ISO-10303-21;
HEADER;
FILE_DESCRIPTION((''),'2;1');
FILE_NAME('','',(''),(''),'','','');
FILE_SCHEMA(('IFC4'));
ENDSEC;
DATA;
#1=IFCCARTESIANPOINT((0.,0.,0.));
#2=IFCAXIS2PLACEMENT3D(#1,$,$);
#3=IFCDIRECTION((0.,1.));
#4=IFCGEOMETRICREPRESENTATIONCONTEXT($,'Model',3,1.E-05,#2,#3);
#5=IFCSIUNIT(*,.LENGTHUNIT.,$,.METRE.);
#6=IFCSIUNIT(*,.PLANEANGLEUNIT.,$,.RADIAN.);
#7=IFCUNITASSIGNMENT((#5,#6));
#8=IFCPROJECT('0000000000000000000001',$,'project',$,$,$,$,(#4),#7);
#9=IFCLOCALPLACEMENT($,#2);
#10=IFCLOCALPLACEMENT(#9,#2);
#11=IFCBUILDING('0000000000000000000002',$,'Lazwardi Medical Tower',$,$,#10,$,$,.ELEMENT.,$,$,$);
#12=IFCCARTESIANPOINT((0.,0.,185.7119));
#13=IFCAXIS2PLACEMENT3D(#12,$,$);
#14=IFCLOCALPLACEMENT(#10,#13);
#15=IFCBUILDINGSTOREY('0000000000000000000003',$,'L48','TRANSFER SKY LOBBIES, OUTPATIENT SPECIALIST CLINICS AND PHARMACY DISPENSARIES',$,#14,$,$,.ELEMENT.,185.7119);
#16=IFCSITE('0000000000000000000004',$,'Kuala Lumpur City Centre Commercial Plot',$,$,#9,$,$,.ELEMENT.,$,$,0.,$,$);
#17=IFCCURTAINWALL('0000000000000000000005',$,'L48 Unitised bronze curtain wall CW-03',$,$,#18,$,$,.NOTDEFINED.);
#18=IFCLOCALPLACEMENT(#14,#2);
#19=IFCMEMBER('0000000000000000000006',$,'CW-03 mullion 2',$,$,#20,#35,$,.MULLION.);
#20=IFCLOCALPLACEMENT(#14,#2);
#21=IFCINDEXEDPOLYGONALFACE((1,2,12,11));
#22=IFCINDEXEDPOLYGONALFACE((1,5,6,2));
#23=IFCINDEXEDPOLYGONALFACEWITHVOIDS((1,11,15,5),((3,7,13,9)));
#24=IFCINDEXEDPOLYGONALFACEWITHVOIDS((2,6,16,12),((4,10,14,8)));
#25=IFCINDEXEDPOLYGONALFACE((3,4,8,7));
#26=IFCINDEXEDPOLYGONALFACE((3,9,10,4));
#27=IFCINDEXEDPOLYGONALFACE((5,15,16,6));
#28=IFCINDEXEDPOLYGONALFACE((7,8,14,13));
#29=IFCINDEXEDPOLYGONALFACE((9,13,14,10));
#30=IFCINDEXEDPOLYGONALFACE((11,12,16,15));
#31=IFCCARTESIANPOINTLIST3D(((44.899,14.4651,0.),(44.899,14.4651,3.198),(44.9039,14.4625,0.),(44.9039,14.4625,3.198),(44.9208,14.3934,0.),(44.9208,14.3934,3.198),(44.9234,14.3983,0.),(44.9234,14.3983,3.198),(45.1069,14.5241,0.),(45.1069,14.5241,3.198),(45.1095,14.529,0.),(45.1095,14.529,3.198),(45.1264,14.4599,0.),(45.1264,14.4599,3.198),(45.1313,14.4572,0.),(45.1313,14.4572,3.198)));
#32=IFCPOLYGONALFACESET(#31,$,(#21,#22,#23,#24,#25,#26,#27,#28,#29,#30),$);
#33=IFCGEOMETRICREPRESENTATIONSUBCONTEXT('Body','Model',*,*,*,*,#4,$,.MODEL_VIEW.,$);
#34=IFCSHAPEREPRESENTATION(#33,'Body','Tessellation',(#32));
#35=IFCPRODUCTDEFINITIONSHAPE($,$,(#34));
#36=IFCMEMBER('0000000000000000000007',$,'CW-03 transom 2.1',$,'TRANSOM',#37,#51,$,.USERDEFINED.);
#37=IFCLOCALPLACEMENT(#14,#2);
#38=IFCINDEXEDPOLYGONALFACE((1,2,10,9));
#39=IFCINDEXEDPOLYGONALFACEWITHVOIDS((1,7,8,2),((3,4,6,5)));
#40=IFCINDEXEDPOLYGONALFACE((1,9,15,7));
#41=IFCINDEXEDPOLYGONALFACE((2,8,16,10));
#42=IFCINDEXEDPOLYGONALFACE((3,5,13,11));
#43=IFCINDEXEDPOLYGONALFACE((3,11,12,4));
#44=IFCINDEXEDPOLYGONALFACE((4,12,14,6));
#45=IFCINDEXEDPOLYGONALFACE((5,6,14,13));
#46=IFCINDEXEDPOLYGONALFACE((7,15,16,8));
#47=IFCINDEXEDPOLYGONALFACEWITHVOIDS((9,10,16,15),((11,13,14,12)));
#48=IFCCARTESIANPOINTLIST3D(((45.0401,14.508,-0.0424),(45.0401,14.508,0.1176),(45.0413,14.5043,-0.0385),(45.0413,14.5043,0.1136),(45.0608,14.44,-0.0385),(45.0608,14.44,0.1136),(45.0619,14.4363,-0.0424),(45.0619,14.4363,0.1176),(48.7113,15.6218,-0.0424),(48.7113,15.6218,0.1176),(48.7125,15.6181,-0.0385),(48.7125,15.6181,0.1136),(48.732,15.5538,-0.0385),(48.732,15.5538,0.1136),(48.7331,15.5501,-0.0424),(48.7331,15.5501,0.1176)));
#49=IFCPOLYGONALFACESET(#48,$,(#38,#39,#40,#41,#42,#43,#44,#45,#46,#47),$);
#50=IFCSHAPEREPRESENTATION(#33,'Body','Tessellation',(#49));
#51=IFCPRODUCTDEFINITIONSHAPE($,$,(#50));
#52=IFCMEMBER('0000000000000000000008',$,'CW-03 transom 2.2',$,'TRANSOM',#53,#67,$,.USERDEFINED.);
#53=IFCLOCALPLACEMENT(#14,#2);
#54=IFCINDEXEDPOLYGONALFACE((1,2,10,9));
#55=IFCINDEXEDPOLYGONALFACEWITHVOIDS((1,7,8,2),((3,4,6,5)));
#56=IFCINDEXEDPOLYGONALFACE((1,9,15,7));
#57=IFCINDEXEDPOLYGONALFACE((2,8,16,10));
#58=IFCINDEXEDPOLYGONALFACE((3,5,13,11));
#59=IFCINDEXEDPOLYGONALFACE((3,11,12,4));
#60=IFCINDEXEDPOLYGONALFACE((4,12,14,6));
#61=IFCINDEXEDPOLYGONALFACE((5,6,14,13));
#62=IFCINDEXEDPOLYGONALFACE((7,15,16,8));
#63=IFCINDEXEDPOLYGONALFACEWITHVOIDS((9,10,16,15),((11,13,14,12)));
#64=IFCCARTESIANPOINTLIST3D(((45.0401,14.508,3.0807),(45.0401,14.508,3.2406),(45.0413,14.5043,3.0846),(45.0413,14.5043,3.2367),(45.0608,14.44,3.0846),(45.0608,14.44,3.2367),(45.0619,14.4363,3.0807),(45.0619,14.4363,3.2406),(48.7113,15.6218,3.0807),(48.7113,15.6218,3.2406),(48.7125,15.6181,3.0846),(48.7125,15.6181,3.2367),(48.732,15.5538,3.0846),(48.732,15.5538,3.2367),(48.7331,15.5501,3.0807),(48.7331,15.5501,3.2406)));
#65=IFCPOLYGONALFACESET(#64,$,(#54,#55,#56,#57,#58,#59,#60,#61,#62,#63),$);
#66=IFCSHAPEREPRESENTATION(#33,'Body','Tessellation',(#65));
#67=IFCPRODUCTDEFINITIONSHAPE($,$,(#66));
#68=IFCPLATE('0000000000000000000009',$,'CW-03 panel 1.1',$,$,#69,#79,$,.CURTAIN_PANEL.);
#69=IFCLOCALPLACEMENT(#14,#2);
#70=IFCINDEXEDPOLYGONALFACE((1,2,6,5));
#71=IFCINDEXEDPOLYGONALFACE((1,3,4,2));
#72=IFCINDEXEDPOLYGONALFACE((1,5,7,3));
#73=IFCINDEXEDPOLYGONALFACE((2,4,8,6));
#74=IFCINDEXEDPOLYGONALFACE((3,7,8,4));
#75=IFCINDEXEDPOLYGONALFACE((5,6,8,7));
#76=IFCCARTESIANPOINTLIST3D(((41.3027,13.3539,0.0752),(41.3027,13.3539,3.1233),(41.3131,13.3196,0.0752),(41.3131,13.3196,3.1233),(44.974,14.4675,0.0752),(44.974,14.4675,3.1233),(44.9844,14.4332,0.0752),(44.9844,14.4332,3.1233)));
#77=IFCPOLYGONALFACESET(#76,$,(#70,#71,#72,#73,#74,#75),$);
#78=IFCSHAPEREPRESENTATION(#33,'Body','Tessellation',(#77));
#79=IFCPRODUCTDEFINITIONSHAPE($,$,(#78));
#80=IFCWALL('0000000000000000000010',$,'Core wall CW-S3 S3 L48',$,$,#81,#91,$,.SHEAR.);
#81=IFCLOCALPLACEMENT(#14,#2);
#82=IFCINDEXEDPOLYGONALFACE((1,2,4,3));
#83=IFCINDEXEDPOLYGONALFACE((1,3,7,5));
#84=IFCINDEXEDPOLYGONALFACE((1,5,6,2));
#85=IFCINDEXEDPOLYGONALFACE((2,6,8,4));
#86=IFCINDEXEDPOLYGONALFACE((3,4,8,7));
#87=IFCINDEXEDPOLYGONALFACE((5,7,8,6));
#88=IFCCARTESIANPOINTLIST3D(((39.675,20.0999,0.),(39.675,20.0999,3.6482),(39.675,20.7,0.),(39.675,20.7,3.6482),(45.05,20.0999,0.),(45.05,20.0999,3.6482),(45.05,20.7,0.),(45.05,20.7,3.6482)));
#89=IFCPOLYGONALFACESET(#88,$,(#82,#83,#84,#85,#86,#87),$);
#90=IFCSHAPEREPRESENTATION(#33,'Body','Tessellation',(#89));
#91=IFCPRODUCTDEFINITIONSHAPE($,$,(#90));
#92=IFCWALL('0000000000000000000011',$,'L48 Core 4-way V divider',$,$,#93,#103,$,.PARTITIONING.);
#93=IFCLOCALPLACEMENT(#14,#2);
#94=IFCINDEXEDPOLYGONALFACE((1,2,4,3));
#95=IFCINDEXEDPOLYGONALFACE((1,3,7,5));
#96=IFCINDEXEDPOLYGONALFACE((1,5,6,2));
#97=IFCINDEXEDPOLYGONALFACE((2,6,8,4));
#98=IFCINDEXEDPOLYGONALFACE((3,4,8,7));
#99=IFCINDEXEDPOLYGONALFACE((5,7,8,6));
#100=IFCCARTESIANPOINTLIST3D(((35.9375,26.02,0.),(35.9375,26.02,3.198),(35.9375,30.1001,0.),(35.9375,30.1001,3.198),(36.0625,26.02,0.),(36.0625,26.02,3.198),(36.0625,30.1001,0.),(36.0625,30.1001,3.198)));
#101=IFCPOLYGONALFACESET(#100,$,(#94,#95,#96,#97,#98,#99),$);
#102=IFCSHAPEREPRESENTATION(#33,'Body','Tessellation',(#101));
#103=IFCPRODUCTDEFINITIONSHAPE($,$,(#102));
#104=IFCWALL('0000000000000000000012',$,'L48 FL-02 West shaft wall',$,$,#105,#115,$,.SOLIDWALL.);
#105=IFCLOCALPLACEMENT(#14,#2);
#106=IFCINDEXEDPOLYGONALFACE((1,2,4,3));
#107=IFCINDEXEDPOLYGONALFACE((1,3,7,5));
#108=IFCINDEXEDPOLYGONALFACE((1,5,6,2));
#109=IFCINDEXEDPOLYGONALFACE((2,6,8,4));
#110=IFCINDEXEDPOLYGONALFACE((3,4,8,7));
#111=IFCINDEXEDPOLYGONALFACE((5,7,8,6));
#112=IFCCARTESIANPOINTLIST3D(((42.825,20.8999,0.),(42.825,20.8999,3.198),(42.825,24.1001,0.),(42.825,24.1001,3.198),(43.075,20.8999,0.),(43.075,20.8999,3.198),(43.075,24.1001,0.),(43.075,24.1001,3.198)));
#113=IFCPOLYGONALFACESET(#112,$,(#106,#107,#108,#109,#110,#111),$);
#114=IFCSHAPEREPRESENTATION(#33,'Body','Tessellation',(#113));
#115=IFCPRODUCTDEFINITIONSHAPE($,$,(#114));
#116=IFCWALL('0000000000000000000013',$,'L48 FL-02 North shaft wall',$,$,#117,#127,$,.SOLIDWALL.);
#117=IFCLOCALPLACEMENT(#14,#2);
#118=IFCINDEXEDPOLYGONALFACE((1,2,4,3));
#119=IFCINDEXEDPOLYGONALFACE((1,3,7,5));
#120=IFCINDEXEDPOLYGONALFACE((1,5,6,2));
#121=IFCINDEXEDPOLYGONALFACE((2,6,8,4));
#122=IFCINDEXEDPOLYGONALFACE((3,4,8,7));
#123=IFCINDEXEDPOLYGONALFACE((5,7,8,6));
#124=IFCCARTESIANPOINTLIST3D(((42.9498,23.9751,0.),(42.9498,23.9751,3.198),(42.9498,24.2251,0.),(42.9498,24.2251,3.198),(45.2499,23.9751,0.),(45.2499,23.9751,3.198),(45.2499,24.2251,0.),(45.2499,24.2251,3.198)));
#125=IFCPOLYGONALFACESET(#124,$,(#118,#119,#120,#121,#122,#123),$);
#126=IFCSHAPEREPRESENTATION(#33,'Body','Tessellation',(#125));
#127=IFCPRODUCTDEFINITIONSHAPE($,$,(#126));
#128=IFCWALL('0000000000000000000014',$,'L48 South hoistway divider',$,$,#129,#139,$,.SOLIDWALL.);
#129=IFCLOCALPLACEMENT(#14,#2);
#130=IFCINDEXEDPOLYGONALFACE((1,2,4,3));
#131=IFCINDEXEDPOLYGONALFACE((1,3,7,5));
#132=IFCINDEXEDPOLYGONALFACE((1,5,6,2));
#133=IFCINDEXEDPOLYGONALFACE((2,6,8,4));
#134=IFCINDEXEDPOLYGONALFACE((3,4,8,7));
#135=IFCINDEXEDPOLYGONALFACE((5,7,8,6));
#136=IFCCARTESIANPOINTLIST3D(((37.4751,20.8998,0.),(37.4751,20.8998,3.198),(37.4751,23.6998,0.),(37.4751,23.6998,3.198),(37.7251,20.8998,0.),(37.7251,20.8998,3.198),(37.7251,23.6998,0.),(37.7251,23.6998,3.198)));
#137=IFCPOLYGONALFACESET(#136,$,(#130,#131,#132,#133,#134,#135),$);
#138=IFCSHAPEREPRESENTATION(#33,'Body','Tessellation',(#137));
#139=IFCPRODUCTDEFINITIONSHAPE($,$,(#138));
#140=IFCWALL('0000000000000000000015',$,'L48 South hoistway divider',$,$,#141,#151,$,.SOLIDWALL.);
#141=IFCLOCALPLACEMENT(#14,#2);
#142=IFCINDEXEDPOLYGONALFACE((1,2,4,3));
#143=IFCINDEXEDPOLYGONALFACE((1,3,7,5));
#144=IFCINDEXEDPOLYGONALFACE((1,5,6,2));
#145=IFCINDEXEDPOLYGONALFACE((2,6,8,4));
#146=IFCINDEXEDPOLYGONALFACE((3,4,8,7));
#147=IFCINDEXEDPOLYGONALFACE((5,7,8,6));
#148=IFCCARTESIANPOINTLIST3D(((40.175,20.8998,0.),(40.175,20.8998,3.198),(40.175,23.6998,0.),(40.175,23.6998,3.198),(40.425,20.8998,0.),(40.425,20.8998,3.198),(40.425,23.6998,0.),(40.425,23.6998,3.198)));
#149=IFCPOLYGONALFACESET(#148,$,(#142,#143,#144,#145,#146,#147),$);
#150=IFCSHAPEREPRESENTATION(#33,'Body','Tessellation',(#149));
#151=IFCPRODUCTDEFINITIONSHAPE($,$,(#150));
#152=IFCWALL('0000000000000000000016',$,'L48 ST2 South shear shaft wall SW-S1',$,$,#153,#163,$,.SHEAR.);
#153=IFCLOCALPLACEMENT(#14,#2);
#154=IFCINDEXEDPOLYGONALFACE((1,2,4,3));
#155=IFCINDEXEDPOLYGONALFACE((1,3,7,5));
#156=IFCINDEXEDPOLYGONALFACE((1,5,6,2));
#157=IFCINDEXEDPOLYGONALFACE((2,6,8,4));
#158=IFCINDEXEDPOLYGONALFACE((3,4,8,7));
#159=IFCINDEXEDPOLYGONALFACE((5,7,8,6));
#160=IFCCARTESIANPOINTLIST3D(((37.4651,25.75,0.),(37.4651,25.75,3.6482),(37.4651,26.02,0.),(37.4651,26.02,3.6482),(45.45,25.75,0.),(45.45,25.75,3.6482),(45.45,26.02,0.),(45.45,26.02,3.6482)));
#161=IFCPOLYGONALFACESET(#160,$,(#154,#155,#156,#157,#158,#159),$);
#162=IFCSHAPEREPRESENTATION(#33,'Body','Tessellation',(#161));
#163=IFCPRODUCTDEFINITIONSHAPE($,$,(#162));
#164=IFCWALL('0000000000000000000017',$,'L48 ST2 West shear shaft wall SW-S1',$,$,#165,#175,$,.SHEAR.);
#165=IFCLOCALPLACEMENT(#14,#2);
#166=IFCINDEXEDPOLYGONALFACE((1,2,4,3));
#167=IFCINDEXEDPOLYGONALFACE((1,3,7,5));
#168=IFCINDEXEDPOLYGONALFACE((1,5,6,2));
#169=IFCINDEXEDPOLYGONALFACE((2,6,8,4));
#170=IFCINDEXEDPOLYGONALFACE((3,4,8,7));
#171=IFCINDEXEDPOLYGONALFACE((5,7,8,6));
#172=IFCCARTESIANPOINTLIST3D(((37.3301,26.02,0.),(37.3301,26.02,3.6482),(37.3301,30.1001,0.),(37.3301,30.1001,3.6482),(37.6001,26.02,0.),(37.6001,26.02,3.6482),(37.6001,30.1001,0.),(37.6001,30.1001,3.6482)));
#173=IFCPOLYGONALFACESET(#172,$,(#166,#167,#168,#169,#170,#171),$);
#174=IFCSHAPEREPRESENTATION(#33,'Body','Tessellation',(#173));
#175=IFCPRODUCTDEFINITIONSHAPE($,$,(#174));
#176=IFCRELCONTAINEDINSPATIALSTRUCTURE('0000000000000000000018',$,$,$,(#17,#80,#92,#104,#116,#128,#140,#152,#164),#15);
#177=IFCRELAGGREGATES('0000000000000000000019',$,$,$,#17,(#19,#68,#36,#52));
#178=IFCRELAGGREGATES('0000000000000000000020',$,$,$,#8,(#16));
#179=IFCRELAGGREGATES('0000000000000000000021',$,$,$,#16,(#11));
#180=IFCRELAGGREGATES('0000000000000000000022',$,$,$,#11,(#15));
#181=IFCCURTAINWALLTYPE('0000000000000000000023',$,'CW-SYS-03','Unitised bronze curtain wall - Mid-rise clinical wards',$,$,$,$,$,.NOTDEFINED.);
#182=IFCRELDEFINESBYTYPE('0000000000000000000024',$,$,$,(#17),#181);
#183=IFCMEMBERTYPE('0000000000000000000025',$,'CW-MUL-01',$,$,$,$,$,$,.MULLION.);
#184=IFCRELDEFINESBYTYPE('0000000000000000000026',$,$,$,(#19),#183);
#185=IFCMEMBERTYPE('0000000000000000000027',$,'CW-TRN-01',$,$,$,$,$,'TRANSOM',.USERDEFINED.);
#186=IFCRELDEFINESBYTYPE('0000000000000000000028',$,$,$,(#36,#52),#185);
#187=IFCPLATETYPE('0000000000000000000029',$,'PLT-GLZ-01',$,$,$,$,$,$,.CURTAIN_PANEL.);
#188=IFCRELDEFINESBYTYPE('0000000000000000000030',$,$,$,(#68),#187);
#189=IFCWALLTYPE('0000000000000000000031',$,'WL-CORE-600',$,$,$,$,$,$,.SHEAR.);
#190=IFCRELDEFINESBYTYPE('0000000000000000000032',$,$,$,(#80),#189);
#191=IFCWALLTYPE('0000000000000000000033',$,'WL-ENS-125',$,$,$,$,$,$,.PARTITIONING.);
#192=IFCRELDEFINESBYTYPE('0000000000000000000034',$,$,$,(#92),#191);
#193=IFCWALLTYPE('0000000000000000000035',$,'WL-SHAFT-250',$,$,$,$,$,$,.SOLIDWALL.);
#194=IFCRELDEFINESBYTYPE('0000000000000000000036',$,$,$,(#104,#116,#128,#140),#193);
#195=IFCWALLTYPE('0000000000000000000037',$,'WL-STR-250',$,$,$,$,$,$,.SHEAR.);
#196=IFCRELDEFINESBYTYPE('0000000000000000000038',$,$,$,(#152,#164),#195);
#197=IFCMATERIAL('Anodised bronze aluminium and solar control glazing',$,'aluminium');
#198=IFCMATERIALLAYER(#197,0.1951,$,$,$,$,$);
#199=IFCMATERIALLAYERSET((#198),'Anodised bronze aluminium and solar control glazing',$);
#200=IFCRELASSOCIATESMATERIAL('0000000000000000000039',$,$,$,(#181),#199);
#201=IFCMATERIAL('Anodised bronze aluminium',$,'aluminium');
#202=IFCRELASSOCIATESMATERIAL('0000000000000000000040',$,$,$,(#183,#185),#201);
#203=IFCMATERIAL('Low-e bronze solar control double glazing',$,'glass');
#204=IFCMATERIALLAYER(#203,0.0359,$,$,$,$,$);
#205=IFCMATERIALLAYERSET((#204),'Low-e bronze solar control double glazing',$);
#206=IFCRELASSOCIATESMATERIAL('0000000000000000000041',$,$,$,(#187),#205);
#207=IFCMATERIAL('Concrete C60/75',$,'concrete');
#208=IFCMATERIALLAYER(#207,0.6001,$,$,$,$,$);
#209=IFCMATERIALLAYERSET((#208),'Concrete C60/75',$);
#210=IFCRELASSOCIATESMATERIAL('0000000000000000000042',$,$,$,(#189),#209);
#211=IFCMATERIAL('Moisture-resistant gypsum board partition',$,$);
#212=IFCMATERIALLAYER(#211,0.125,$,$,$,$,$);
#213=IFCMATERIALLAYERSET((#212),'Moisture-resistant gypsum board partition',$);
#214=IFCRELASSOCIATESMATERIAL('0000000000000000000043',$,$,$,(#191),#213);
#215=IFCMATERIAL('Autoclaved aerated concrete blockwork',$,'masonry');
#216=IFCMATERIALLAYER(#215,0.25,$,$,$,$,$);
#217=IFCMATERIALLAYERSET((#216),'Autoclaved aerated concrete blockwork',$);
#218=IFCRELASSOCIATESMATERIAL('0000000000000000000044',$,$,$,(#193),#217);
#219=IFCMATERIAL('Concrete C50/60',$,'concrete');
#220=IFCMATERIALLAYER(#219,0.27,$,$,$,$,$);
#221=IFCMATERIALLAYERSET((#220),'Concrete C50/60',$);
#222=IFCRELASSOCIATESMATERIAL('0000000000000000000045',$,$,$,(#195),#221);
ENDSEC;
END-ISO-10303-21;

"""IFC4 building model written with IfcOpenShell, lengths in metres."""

from ifc_helpers import new_model, si_unit, direction, frame, frame_2d, origin, origin_2d, place, context, subcontext, project, spatial, rectangle, hollow_rectangle, extrude, material, layer, layer_set, material_profile, profile_set, type_object, element, aggregate, save


model = new_model("IFC4")

# Units and contexts
model_context = context("Model", 3, precision=1e-05, world=origin(), true_north=direction((0.0, 1.0)))
body_context = subcontext(model_context, "Body", "Model", "MODEL_VIEW")
ifc_project = project(units=[si_unit("LENGTHUNIT", "METRE"), si_unit("PLANEANGLEUNIT", "RADIAN")], contexts=[model_context])

# Site, building, storey
site_placement = place(None, origin())
site = spatial("IfcSite", under=ifc_project, at=site_placement, Name="Kuala Lumpur City Centre Commercial Plot", CompositionType="ELEMENT", RefElevation=0.0)
building_placement = place(site_placement, origin())
building = spatial("IfcBuilding", under=site, at=building_placement, Name="Lazwardi Medical Tower", CompositionType="ELEMENT")
storey_placement = place(building_placement, frame((0.0, 0.0, 185.7119)))
storey = spatial("IfcBuildingStorey", under=building, at=storey_placement, Name="L48", Description="TRANSFER SKY LOBBIES, OUTPATIENT SPECIALIST CLINICS AND PHARMACY DISPENSARIES", CompositionType="ELEMENT", Elevation=185.7119)

# Shared definitions
ifc_material_1 = material(Name="Concrete C60/75", Category="concrete")

# Curtain wall, members, plate
ifc_material_2 = material(Name="Anodised bronze aluminium and solar control glazing", Category="aluminium")
ifc_layer_1 = layer(ifc_material_2, 0.1951)
ifc_layer_set_1 = layer_set([ifc_layer_1], Name="Anodised bronze aluminium and solar control glazing")
curtain_wall_type = type_object("IfcCurtainWallType", Name="CW-SYS-03", Description="Unitised bronze curtain wall - Mid-rise clinical wards", PredefinedType="NOTDEFINED", material=ifc_layer_set_1)
curtain_wall_placement = place(storey_placement, origin())
curtain_wall = element("IfcCurtainWall", 1, at=curtain_wall_placement, inside=storey, type_object=curtain_wall_type, Name="L48 Unitised bronze curtain wall CW-03", PredefinedType="NOTDEFINED")
ifc_material_3 = material(Name="Anodised bronze aluminium", Category="aluminium")
ifc_material_profile_1 = material_profile(ifc_material_3, hollow_rectangle(XDim=0.075, YDim=0.22, WallThickness=0.0039, at=origin_2d()), Name="ALU-MULLION 220x75x4")
ifc_profile_set_1 = profile_set([ifc_material_profile_1], Name="Anodised bronze aluminium")
member_type_1 = type_object("IfcMemberType", Name="CW-MUL-01", PredefinedType="MULLION", material=ifc_profile_set_1)
member_1_placement = place(storey_placement, frame((45.0151, 14.4612, 0.0), z_axis=(0.0, 0.0, 1.0), x_axis=(-0.290281, 0.956942, 0.0)))
member_1 = element("IfcMember", 2, at=member_1_placement, type_object=member_type_1, Name="CW-03 mullion 2", PredefinedType="MULLION", context=body_context, shape_type="SweptSolid", body=[
    extrude(hollow_rectangle(XDim=0.075, YDim=0.22, WallThickness=0.0039, at=origin_2d()), origin(), (0.0, 0.0, 1.0), 3.198),
])
ifc_material_profile_2 = material_profile(ifc_material_3, hollow_rectangle(XDim=0.075, YDim=0.1599, WallThickness=0.0039, at=origin_2d()), Name="ALU-TRANSOM 160x75x4")
ifc_profile_set_2 = profile_set([ifc_material_profile_2], Name="Anodised bronze aluminium")
member_type_2 = type_object("IfcMemberType", Name="CW-TRN-01", ElementType="TRANSOM", PredefinedType="USERDEFINED", material=ifc_profile_set_2)
member_2_placement = place(storey_placement, frame((45.051, 14.4722, 0.0376), z_axis=(0.95693, 0.290318, 0.0), x_axis=(-0.290318, 0.95693, 0.0)))
member_2 = element("IfcMember", 3, at=member_2_placement, type_object=member_type_2, Name="CW-03 transom 2.1", ObjectType="TRANSOM", PredefinedType="USERDEFINED", context=body_context, shape_type="SweptSolid", body=[
    extrude(hollow_rectangle(XDim=0.075, YDim=0.1599, WallThickness=0.0039, at=origin_2d()), origin(), (0.0, 0.0, 1.0), 3.8364),
])
member_3_placement = place(storey_placement, frame((45.051, 14.4722, 3.1606), z_axis=(0.95693, 0.290318, 0.0), x_axis=(-0.290318, 0.95693, 0.0)))
member_3 = element("IfcMember", 4, at=member_3_placement, type_object=member_type_2, Name="CW-03 transom 2.2", ObjectType="TRANSOM", PredefinedType="USERDEFINED", context=body_context, shape_type="SweptSolid", body=[
    extrude(hollow_rectangle(XDim=0.075, YDim=0.1599, WallThickness=0.0039, at=origin_2d()), origin(), (0.0, 0.0, 1.0), 3.8364),
])
ifc_material_4 = material(Name="Low-e bronze solar control double glazing", Category="glass")
ifc_layer_2 = layer(ifc_material_4, 0.0359)
ifc_layer_set_2 = layer_set([ifc_layer_2], Name="Low-e bronze solar control double glazing")
plate_type = type_object("IfcPlateType", Name="PLT-GLZ-01", PredefinedType="CURTAIN_PANEL", material=ifc_layer_set_2)
plate_placement = place(storey_placement, frame((43.1436, 13.8936, 0.0752), z_axis=(0.0, 0.0, 1.0), x_axis=(0.956942, 0.290281, 0.0)))
plate = element("IfcPlate", 5, at=plate_placement, type_object=plate_type, Name="CW-03 panel 1.1", PredefinedType="CURTAIN_PANEL", context=body_context, shape_type="SweptSolid", body=[
    extrude(rectangle(XDim=3.8364, YDim=0.0359, at=origin_2d()), origin(), (0.0, 0.0, 1.0), 3.0481),
])
aggregate(curtain_wall, [member_1, plate, member_2, member_3])

# Walls
ifc_layer_3 = layer(ifc_material_1, 0.6001)
ifc_layer_set_3 = layer_set([ifc_layer_3], Name="Concrete C60/75")
wall_type_1 = type_object("IfcWallType", Name="WL-CORE-600", PredefinedType="SHEAR", material=ifc_layer_set_3)
wall_1_placement = place(storey_placement, frame((39.675, 20.3999, 0.0), z_axis=(0.0, 0.0, 1.0), x_axis=(1.0, 0.0, 0.0)))
element("IfcWall", 6, at=wall_1_placement, inside=storey, type_object=wall_type_1, Name="Core wall CW-S3 S3 L48", PredefinedType="SHEAR", context=body_context, shape_type="SweptSolid", body=[
    extrude(rectangle(XDim=5.375, YDim=0.6001, at=frame_2d((2.6875, 0.0))), origin(), (0.0, 0.0, 1.0), 3.6482),
])
ifc_material_5 = material(Name="Moisture-resistant gypsum board partition")
ifc_layer_4 = layer(ifc_material_5, 0.125)
ifc_layer_set_4 = layer_set([ifc_layer_4], Name="Moisture-resistant gypsum board partition")
wall_type_2 = type_object("IfcWallType", Name="WL-ENS-125", PredefinedType="PARTITIONING", material=ifc_layer_set_4)
wall_2_placement = place(storey_placement, frame((36.0, 26.02, 0.0), z_axis=(0.0, 0.0, 1.0), x_axis=(0.0, 1.0, 0.0)))
element("IfcWall", 7, at=wall_2_placement, inside=storey, type_object=wall_type_2, Name="L48 Core 4-way V divider", PredefinedType="PARTITIONING", context=body_context, shape_type="SweptSolid", body=[
    extrude(rectangle(XDim=4.0801, YDim=0.125, at=frame_2d((2.04, 0.0))), origin(), (0.0, 0.0, 1.0), 3.198),
])
ifc_material_6 = material(Name="Autoclaved aerated concrete blockwork", Category="masonry")
ifc_layer_5 = layer(ifc_material_6, 0.25)
ifc_layer_set_5 = layer_set([ifc_layer_5], Name="Autoclaved aerated concrete blockwork")
wall_type_3 = type_object("IfcWallType", Name="WL-SHAFT-250", PredefinedType="SOLIDWALL", material=ifc_layer_set_5)
wall_3_placement = place(storey_placement, frame((42.95, 20.8999, 0.0), z_axis=(0.0, 0.0, 1.0), x_axis=(0.0, 1.0, 0.0)))
element("IfcWall", 8, at=wall_3_placement, inside=storey, type_object=wall_type_3, Name="L48 FL-02 West shaft wall", PredefinedType="SOLIDWALL", context=body_context, shape_type="SweptSolid", body=[
    extrude(rectangle(XDim=3.2002, YDim=0.25, at=frame_2d((1.6001, 0.0))), origin(), (0.0, 0.0, 1.0), 3.198),
])
wall_4_placement = place(storey_placement, frame((42.95, 24.1001, 0.0), z_axis=(0.0, 0.0, 1.0), x_axis=(1.0, 0.0, 0.0)))
element("IfcWall", 9, at=wall_4_placement, inside=storey, type_object=wall_type_3, Name="L48 FL-02 North shaft wall", PredefinedType="SOLIDWALL", context=body_context, shape_type="SweptSolid", body=[
    extrude(rectangle(XDim=2.3, YDim=0.25, at=frame_2d((1.1499, 0.0))), origin(), (0.0, 0.0, 1.0), 3.198),
])
for number, where, z_axis, x_axis, name in (
    (10, (37.6001, 20.8999, 0.0), (0.0, 0.0, 1.0), (0.0, 1.0, 0.0), "L48 South hoistway divider"),
    (11, (40.3, 20.8999, 0.0), (0.0, 0.0, 1.0), (0.0, 1.0, 0.0), "L48 South hoistway divider"),
):
    element("IfcWall", number, at=place(storey_placement, frame(where, z_axis=z_axis, x_axis=x_axis)), inside=storey, type_object=wall_type_3, Name=name, PredefinedType="SOLIDWALL", context=body_context, shape_type="SweptSolid", body=[
        extrude(rectangle(XDim=2.8, YDim=0.25, at=frame_2d((1.3999, 0.0))), origin(), (0.0, 0.0, 1.0), 3.198),
    ])
ifc_material_7 = material(Name="Concrete C50/60", Category="concrete")
ifc_layer_6 = layer(ifc_material_7, 0.27)
ifc_layer_set_6 = layer_set([ifc_layer_6], Name="Concrete C50/60")
wall_type_4 = type_object("IfcWallType", Name="WL-STR-250", PredefinedType="SHEAR", material=ifc_layer_set_6)
wall_5_placement = place(storey_placement, frame((37.4651, 25.885, 0.0), z_axis=(0.0, 0.0, 1.0), x_axis=(1.0, 0.0, 0.0)))
element("IfcWall", 12, at=wall_5_placement, inside=storey, type_object=wall_type_4, Name="L48 ST2 South shear shaft wall SW-S1", PredefinedType="SHEAR", context=body_context, shape_type="SweptSolid", body=[
    extrude(rectangle(XDim=7.9849, YDim=0.27, at=frame_2d((3.9924, 0.0))), origin(), (0.0, 0.0, 1.0), 3.6482),
])
wall_6_placement = place(storey_placement, frame((37.4651, 26.02, 0.0), z_axis=(0.0, 0.0, 1.0), x_axis=(0.0, 1.0, 0.0)))
element("IfcWall", 13, at=wall_6_placement, inside=storey, type_object=wall_type_4, Name="L48 ST2 West shear shaft wall SW-S1", PredefinedType="SHEAR", context=body_context, shape_type="SweptSolid", body=[
    extrude(rectangle(XDim=4.0801, YDim=0.27, at=frame_2d((2.04, 0.0))), origin(), (0.0, 0.0, 1.0), 3.6482),
])

save(model, "model.ifc")
